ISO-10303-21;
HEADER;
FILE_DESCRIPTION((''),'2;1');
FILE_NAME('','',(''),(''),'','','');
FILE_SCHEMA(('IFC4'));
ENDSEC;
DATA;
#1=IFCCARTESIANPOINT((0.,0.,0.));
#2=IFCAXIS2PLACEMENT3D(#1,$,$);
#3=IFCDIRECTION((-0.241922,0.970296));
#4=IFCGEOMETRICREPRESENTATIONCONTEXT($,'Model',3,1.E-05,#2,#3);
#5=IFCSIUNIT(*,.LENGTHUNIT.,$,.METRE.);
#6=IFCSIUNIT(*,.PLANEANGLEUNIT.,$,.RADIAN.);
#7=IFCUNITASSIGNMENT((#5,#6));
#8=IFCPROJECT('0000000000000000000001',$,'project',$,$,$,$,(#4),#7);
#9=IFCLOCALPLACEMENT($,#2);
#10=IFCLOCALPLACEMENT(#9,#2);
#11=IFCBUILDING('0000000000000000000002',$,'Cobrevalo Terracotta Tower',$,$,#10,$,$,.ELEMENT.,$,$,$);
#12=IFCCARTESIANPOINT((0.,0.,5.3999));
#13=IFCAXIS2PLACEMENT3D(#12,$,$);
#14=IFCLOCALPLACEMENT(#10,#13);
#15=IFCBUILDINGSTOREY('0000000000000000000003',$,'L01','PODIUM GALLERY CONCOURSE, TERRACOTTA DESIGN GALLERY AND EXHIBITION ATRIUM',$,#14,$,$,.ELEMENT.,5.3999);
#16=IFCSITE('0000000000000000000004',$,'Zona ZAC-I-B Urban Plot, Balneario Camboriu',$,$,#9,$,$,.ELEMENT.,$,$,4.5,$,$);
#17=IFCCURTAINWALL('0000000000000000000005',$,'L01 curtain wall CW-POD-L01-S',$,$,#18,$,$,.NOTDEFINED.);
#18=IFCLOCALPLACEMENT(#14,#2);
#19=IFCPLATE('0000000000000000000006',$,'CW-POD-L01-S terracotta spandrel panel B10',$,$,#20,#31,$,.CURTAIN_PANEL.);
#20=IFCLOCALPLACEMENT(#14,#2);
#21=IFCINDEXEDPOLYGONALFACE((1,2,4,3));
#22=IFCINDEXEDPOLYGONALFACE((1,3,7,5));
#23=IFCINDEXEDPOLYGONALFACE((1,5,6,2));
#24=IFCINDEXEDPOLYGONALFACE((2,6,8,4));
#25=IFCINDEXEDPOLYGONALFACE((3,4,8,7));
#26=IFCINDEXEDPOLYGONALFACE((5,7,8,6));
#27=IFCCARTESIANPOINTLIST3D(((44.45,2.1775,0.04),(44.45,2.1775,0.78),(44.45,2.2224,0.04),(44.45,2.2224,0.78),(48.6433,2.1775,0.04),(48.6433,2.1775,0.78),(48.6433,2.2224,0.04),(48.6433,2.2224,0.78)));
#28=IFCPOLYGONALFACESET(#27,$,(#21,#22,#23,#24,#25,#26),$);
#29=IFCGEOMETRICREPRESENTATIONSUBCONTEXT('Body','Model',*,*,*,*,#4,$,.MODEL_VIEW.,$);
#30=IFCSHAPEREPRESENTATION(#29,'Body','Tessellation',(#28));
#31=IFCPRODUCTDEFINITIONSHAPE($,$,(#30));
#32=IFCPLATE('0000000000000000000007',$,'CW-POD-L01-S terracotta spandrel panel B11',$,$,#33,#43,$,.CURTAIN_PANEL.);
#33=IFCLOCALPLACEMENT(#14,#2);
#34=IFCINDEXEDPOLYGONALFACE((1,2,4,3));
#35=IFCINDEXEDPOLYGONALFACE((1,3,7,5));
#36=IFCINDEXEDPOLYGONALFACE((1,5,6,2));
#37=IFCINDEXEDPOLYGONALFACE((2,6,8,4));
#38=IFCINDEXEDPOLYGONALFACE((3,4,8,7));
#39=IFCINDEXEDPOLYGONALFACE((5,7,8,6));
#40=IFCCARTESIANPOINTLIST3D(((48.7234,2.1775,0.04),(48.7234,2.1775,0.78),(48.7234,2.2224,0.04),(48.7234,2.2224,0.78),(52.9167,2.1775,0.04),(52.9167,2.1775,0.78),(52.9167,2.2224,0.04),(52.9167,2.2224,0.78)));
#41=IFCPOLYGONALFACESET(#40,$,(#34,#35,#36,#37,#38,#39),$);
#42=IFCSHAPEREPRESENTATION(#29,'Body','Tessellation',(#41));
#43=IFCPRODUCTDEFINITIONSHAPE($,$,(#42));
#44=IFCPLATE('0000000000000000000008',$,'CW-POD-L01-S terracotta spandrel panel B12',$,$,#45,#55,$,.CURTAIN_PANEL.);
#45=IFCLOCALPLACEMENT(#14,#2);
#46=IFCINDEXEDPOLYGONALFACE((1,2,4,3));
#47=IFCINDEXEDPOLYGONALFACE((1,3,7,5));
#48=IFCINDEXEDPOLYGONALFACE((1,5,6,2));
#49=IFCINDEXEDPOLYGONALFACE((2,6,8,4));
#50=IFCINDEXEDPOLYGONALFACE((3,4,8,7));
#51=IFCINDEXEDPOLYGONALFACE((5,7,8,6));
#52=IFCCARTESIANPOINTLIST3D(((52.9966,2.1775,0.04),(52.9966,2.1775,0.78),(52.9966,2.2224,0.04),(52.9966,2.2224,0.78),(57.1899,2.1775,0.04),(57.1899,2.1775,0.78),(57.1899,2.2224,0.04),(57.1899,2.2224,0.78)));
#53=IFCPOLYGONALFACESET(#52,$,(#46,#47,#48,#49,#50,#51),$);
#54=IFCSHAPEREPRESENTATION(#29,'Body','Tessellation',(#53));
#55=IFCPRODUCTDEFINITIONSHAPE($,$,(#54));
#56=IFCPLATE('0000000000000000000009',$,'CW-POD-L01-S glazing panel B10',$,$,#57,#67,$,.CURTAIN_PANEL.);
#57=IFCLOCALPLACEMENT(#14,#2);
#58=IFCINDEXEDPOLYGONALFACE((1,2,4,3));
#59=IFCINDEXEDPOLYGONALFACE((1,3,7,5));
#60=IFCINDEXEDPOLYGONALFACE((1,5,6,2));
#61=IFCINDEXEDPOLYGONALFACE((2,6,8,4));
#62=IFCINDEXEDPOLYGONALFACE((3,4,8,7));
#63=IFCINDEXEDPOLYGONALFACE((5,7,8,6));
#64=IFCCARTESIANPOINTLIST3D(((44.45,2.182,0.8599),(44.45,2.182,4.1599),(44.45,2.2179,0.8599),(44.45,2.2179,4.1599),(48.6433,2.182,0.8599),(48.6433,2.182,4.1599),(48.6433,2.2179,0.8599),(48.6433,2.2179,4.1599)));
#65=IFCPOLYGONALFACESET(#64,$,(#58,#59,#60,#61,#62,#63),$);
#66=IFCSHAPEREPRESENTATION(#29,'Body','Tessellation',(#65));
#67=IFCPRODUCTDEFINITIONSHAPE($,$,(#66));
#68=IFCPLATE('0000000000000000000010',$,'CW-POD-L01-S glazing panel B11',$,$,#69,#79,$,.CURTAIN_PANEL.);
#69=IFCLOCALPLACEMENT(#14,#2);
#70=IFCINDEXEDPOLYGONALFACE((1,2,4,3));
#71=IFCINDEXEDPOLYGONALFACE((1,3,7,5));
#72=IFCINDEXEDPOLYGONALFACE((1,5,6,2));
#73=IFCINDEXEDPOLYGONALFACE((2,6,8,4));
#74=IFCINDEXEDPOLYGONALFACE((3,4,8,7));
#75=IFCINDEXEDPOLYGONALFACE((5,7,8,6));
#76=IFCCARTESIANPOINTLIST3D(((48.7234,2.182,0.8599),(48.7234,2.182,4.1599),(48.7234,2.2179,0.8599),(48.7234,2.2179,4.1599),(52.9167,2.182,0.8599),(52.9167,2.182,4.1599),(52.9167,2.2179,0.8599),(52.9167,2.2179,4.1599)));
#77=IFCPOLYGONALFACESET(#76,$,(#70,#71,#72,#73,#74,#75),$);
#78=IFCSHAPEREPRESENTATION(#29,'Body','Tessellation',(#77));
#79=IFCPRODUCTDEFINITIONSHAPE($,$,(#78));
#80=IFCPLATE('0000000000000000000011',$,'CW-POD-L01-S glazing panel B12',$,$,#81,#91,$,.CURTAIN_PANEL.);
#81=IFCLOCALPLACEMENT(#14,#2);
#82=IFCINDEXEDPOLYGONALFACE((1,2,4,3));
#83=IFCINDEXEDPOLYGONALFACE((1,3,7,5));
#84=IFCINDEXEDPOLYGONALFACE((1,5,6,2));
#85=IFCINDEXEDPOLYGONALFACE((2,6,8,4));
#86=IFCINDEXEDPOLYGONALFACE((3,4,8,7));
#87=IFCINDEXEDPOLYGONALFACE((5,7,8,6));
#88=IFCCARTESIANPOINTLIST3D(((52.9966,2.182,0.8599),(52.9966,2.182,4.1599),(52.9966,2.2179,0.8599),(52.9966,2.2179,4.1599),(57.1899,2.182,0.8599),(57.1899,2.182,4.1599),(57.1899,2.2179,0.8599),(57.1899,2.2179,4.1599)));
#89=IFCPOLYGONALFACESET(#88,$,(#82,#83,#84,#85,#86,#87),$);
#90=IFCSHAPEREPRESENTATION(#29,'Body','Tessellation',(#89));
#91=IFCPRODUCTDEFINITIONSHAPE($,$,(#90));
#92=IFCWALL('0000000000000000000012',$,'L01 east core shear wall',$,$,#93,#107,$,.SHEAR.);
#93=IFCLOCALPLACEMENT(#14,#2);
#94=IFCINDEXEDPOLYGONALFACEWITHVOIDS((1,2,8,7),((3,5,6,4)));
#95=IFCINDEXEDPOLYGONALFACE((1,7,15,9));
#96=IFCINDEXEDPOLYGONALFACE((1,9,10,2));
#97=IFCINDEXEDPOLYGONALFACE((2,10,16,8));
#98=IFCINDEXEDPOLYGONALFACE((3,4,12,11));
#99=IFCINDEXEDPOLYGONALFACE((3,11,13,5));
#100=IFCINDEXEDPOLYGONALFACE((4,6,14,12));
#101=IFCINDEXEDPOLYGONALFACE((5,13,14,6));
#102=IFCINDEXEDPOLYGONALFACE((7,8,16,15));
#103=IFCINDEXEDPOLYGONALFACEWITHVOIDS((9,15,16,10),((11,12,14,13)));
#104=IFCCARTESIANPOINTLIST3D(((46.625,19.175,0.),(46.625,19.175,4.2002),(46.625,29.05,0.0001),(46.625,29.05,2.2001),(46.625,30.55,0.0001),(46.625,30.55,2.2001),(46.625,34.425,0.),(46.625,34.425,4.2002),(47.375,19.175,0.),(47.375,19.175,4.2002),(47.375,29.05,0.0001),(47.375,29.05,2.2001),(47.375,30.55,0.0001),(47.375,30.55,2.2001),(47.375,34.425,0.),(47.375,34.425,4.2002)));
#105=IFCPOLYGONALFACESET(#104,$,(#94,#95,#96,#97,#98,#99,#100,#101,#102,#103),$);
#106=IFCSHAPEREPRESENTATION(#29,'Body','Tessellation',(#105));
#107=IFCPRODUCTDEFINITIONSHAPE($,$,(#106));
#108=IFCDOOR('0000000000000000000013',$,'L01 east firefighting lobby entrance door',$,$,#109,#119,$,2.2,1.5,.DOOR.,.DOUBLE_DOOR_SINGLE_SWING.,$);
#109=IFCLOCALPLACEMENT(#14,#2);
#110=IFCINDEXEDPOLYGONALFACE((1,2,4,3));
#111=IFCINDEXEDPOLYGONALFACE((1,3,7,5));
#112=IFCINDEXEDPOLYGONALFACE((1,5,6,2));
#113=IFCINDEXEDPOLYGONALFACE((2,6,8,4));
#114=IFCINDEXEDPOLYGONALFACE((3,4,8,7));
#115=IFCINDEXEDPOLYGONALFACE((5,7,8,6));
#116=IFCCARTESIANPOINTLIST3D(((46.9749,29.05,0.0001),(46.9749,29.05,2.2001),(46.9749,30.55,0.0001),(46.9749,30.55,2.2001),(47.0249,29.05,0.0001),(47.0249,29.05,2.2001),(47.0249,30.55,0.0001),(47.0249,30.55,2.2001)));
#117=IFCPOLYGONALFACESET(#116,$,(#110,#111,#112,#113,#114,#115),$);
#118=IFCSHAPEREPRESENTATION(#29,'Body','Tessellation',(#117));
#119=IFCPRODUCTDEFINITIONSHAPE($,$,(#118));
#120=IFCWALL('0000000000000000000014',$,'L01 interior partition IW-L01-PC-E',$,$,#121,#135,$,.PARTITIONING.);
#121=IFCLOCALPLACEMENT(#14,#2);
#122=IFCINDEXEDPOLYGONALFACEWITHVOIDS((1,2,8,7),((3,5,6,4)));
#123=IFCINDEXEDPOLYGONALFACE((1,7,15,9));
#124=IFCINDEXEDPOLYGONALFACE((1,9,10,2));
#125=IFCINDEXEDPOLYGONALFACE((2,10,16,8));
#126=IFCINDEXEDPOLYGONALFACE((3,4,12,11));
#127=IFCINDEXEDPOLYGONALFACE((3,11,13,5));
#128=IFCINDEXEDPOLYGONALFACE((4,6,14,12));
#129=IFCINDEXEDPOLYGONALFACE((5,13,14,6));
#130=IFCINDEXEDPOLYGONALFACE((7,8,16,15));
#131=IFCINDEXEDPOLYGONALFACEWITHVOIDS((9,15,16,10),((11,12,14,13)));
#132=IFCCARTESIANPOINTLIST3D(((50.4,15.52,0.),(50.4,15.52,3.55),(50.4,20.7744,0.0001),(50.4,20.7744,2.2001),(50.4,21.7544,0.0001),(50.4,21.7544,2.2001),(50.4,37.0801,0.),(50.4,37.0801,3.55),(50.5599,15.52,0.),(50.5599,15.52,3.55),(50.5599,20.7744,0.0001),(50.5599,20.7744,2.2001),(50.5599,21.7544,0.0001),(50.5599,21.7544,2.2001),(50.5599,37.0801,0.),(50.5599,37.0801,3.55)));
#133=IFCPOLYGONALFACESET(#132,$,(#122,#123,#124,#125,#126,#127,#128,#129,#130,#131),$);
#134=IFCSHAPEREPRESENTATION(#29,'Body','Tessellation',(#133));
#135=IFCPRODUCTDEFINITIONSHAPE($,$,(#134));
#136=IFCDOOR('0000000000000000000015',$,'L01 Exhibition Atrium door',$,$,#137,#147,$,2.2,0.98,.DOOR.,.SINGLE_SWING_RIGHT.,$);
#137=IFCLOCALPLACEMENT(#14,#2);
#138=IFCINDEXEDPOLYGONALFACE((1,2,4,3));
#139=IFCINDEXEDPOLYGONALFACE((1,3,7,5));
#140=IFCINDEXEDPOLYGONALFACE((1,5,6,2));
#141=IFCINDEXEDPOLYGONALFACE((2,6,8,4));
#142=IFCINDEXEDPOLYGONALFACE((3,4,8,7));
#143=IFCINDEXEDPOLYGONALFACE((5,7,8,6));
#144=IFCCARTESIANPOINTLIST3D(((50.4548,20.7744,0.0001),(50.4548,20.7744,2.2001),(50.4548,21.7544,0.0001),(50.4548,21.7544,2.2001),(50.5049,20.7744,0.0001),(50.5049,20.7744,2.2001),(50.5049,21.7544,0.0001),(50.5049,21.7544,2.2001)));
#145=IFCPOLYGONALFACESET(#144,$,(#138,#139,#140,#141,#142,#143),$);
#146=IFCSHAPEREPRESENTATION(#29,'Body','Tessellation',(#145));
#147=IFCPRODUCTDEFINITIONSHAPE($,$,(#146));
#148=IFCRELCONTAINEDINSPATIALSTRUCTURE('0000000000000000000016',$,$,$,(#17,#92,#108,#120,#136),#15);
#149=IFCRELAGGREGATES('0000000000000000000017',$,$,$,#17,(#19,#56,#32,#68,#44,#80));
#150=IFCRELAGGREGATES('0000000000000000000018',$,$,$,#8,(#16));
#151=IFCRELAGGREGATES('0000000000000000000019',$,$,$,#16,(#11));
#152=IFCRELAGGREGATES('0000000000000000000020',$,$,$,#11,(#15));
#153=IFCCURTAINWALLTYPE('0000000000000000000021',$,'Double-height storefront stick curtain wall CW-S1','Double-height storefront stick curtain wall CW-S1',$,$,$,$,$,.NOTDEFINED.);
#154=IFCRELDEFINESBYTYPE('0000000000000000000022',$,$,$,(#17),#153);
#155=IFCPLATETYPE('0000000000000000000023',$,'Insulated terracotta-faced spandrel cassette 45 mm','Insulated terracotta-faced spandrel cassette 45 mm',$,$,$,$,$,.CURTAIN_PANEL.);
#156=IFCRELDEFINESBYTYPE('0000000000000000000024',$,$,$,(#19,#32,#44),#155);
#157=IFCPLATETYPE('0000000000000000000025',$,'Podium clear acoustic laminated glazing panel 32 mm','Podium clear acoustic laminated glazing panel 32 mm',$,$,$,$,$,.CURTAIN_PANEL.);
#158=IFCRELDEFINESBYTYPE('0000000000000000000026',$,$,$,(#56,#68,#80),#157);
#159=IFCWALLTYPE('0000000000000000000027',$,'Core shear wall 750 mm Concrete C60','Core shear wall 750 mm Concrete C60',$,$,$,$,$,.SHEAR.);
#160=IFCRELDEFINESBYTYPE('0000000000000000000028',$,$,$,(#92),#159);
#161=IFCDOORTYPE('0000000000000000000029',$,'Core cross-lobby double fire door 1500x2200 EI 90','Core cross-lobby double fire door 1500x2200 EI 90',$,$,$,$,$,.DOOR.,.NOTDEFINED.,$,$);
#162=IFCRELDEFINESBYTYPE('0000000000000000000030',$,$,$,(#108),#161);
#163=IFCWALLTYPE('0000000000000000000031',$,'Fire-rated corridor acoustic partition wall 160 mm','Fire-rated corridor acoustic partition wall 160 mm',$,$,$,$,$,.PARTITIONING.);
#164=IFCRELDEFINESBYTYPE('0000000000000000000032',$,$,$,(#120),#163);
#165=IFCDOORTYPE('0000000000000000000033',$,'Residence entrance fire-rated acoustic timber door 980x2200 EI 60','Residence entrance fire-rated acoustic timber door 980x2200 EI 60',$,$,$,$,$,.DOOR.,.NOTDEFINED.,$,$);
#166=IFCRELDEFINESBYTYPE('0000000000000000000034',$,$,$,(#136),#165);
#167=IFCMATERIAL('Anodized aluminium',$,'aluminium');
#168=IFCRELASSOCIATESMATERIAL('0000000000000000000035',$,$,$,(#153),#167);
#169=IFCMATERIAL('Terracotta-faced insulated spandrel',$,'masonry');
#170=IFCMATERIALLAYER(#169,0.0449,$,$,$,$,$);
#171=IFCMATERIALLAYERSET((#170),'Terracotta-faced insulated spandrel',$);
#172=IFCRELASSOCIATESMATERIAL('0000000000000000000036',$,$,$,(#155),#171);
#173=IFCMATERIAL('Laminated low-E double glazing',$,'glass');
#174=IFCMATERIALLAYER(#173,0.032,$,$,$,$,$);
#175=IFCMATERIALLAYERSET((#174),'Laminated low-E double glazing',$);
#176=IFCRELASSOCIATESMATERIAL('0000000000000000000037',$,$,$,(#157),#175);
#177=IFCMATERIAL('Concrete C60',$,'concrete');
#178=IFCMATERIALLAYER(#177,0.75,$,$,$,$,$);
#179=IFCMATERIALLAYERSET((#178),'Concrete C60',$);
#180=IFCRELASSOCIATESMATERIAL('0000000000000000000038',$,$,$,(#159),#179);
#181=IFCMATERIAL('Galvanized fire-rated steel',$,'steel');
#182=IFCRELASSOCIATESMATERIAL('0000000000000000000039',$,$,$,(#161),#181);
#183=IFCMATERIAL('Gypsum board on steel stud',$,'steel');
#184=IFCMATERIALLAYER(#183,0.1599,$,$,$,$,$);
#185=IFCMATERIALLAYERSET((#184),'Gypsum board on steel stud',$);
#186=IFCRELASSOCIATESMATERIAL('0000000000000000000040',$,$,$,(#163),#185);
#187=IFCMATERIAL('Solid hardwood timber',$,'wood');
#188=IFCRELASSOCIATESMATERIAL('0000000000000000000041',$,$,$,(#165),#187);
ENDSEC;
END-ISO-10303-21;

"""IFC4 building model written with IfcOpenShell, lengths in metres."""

from ifc_helpers import new_model, si_unit, direction, frame, frame_2d, origin, origin_2d, place, context, subcontext, project, spatial, rectangle, extrude, source, transform, mapped, material, layer, layer_set, type_object, element, fill, aggregate, save


model = new_model("IFC4")

# Units and contexts
model_context = context("Model", 3, precision=1e-05, world=origin(), true_north=direction((-0.241922, 0.970296)))
body_context = subcontext(model_context, "Body", "Model", "MODEL_VIEW")
ifc_project = project(units=[si_unit("LENGTHUNIT", "METRE"), si_unit("PLANEANGLEUNIT", "RADIAN")], contexts=[model_context])

# Site, building, storey
site_placement = place(None, origin())
site = spatial("IfcSite", under=ifc_project, at=site_placement, Name="Zona ZAC-I-B Urban Plot, Balneario Camboriu", CompositionType="ELEMENT", RefElevation=4.5)
building_placement = place(site_placement, origin())
building = spatial("IfcBuilding", under=site, at=building_placement, Name="Cobrevalo Terracotta Tower", CompositionType="ELEMENT")
storey_placement = place(building_placement, frame((0.0, 0.0, 5.3999)))
storey = spatial("IfcBuildingStorey", under=building, at=storey_placement, Name="L01", Description="PODIUM GALLERY CONCOURSE, TERRACOTTA DESIGN GALLERY AND EXHIBITION ATRIUM", CompositionType="ELEMENT", Elevation=5.3999)

# Shared definitions
ifc_material_1 = material(Name="Concrete C60", Category="concrete")

# Curtain wall, plates
ifc_material_2 = material(Name="Anodized aluminium", Category="aluminium")
curtain_wall_type = type_object("IfcCurtainWallType", Name="Double-height storefront stick curtain wall CW-S1", Description="Double-height storefront stick curtain wall CW-S1", PredefinedType="NOTDEFINED", material=ifc_material_2)
curtain_wall_placement = place(storey_placement, origin())
curtain_wall = element("IfcCurtainWall", 1, at=curtain_wall_placement, inside=storey, type_object=curtain_wall_type, Name="L01 curtain wall CW-POD-L01-S", PredefinedType="NOTDEFINED")
ifc_material_3 = material(Name="Terracotta-faced insulated spandrel", Category="masonry")
ifc_layer_1 = layer(ifc_material_3, 0.0449)
ifc_layer_set_1 = layer_set([ifc_layer_1], Name="Terracotta-faced insulated spandrel")
plate_type_1 = type_object("IfcPlateType", Name="Insulated terracotta-faced spandrel cassette 45 mm", Description="Insulated terracotta-faced spandrel cassette 45 mm", PredefinedType="CURTAIN_PANEL", material=ifc_layer_set_1)
shared_shape_1 = source(origin(), body_context, "Body", "SweptSolid", [
    extrude(rectangle(XDim=4.1934, YDim=0.0449, at=origin_2d()), origin(), (0.0, 0.0, 1.0), 0.74),
])
plate_1_placement = place(storey_placement, frame((46.5466, 2.2, 0.04), z_axis=(0.0, 0.0, 1.0), x_axis=(1.0, 0.0, 0.0)))
plate_1 = element("IfcPlate", 2, at=plate_1_placement, type_object=plate_type_1, Name="CW-POD-L01-S terracotta spandrel panel B10", PredefinedType="CURTAIN_PANEL", context=body_context, shape_type="MappedRepresentation", body=[
    mapped(shared_shape_1, transform((0.0, 0.0, 0.0), scale=1.0)),
])
plate_2_placement = place(storey_placement, frame((50.8201, 2.2, 0.04), z_axis=(0.0, 0.0, 1.0), x_axis=(1.0, 0.0, 0.0)))
plate_2 = element("IfcPlate", 3, at=plate_2_placement, type_object=plate_type_1, Name="CW-POD-L01-S terracotta spandrel panel B11", PredefinedType="CURTAIN_PANEL", context=body_context, shape_type="MappedRepresentation", body=[
    mapped(shared_shape_1, transform((0.0, 0.0, 0.0), scale=1.0)),
])
plate_3_placement = place(storey_placement, frame((55.0933, 2.2, 0.04), z_axis=(0.0, 0.0, 1.0), x_axis=(1.0, 0.0, 0.0)))
plate_3 = element("IfcPlate", 4, at=plate_3_placement, type_object=plate_type_1, Name="CW-POD-L01-S terracotta spandrel panel B12", PredefinedType="CURTAIN_PANEL", context=body_context, shape_type="MappedRepresentation", body=[
    mapped(shared_shape_1, transform((0.0, 0.0, 0.0), scale=1.0)),
])
ifc_material_4 = material(Name="Laminated low-E double glazing", Category="glass")
ifc_layer_2 = layer(ifc_material_4, 0.032)
ifc_layer_set_2 = layer_set([ifc_layer_2], Name="Laminated low-E double glazing")
plate_type_2 = type_object("IfcPlateType", Name="Podium clear acoustic laminated glazing panel 32 mm", Description="Podium clear acoustic laminated glazing panel 32 mm", PredefinedType="CURTAIN_PANEL", material=ifc_layer_set_2)
shared_shape_2 = source(origin(), body_context, "Body", "SweptSolid", [
    extrude(rectangle(XDim=4.1934, YDim=0.0359, at=origin_2d()), origin(), (0.0, 0.0, 1.0), 3.3),
])
plate_4_placement = place(storey_placement, frame((46.5466, 2.2, 0.8599), z_axis=(0.0, 0.0, 1.0), x_axis=(1.0, 0.0, 0.0)))
plate_4 = element("IfcPlate", 5, at=plate_4_placement, type_object=plate_type_2, Name="CW-POD-L01-S glazing panel B10", PredefinedType="CURTAIN_PANEL", context=body_context, shape_type="MappedRepresentation", body=[
    mapped(shared_shape_2, transform((0.0, 0.0, 0.0), scale=1.0)),
])
plate_5_placement = place(storey_placement, frame((50.8201, 2.2, 0.8599), z_axis=(0.0, 0.0, 1.0), x_axis=(1.0, 0.0, 0.0)))
plate_5 = element("IfcPlate", 6, at=plate_5_placement, type_object=plate_type_2, Name="CW-POD-L01-S glazing panel B11", PredefinedType="CURTAIN_PANEL", context=body_context, shape_type="MappedRepresentation", body=[
    mapped(shared_shape_2, transform((0.0, 0.0, 0.0), scale=1.0)),
])
plate_6_placement = place(storey_placement, frame((55.0933, 2.2, 0.8599), z_axis=(0.0, 0.0, 1.0), x_axis=(1.0, 0.0, 0.0)))
plate_6 = element("IfcPlate", 7, at=plate_6_placement, type_object=plate_type_2, Name="CW-POD-L01-S glazing panel B12", PredefinedType="CURTAIN_PANEL", context=body_context, shape_type="MappedRepresentation", body=[
    mapped(shared_shape_2, transform((0.0, 0.0, 0.0), scale=1.0)),
])
aggregate(curtain_wall, [plate_1, plate_4, plate_2, plate_5, plate_3, plate_6])

# Walls, openings, doors
ifc_layer_3 = layer(ifc_material_1, 0.75)
ifc_layer_set_3 = layer_set([ifc_layer_3], Name="Concrete C60")
wall_type_1 = type_object("IfcWallType", Name="Core shear wall 750 mm Concrete C60", Description="Core shear wall 750 mm Concrete C60", PredefinedType="SHEAR", material=ifc_layer_set_3)
wall_1_placement = place(storey_placement, frame((47.0, 19.175, 0.0), z_axis=(0.0, 0.0, 1.0), x_axis=(0.0, 1.0, 0.0)))
wall_1 = element("IfcWall", 8, at=wall_1_placement, inside=storey, type_object=wall_type_1, Name="L01 east core shear wall", PredefinedType="SHEAR", context=body_context, shape_type="SweptSolid", body=[
    extrude(rectangle(XDim=15.25, YDim=0.75, at=frame_2d((7.625, 0.0))), origin(), (0.0, 0.0, 1.0), 4.2002),
])
opening_1_placement = place(wall_1_placement, frame((9.875, 0.0, 0.0)))
opening_1 = element("IfcOpeningElement", 9, at=opening_1_placement, cuts=wall_1, PredefinedType="OPENING", context=body_context, shape_type="SweptSolid", body=[
    extrude(rectangle(XDim=1.5, YDim=2.2, at=frame_2d((0.75, 1.1001))), frame((0.0, 0.385, 0.0), z_axis=(0.0, -1.0, 0.0), x_axis=(1.0, 0.0, 0.0)), (0.0, 0.0, 1.0), 0.77),
])
ifc_material_5 = material(Name="Galvanized fire-rated steel", Category="steel")
door_type_1 = type_object("IfcDoorType", Name="Core cross-lobby double fire door 1500x2200 EI 90", Description="Core cross-lobby double fire door 1500x2200 EI 90", OperationType="NOTDEFINED", PredefinedType="DOOR", material=ifc_material_5)
shared_shape_3 = source(origin(), body_context, "Body", "SweptSolid", [
    extrude(rectangle(XDim=1.5, YDim=2.2, at=frame_2d((0.75, 1.1001))), frame((0.0, 0.0249, 0.0), z_axis=(0.0, -1.0, 0.0), x_axis=(1.0, 0.0, 0.0)), (0.0, 0.0, 1.0), 0.05),
])
door_1_placement = place(opening_1_placement, frame((1.5, 0.0, 0.0), z_axis=(0.0, 0.0, 1.0), x_axis=(-1.0, 0.0, 0.0)))
door_1 = element("IfcDoor", 10, at=door_1_placement, inside=storey, type_object=door_type_1, Name="L01 east firefighting lobby entrance door", OperationType="DOUBLE_DOOR_SINGLE_SWING", OverallHeight=2.2, OverallWidth=1.5, PredefinedType="DOOR", context=body_context, shape_type="MappedRepresentation", body=[
    mapped(shared_shape_3, transform((0.0, 0.0, 0.0), scale=1.0)),
])
fill(opening_1, door_1)
ifc_material_6 = material(Name="Gypsum board on steel stud", Category="steel")
ifc_layer_4 = layer(ifc_material_6, 0.1599)
ifc_layer_set_4 = layer_set([ifc_layer_4], Name="Gypsum board on steel stud")
wall_type_2 = type_object("IfcWallType", Name="Fire-rated corridor acoustic partition wall 160 mm", Description="Fire-rated corridor acoustic partition wall 160 mm", PredefinedType="PARTITIONING", material=ifc_layer_set_4)
wall_2_placement = place(storey_placement, frame((50.48, 15.52, 0.0), z_axis=(0.0, 0.0, 1.0), x_axis=(0.0, 1.0, 0.0)))
wall_2 = element("IfcWall", 11, at=wall_2_placement, inside=storey, type_object=wall_type_2, Name="L01 interior partition IW-L01-PC-E", PredefinedType="PARTITIONING", context=body_context, shape_type="SweptSolid", body=[
    extrude(rectangle(XDim=21.5601, YDim=0.1599, at=frame_2d((10.78, 0.0))), origin(), (0.0, 0.0, 1.0), 3.55),
])
opening_2_placement = place(wall_2_placement, frame((5.2544, 0.0, 0.0)))
opening_2 = element("IfcOpeningElement", 12, at=opening_2_placement, cuts=wall_2, PredefinedType="OPENING", context=body_context, shape_type="SweptSolid", body=[
    extrude(rectangle(XDim=0.98, YDim=2.2, at=frame_2d((0.49, 1.1001))), frame((0.0, 0.0898, 0.0), z_axis=(0.0, -1.0, 0.0), x_axis=(1.0, 0.0, 0.0)), (0.0, 0.0, 1.0), 0.1799),
])
ifc_material_7 = material(Name="Solid hardwood timber", Category="wood")
door_type_2 = type_object("IfcDoorType", Name="Residence entrance fire-rated acoustic timber door 980x2200 EI 60", Description="Residence entrance fire-rated acoustic timber door 980x2200 EI 60", OperationType="NOTDEFINED", PredefinedType="DOOR", material=ifc_material_7)
shared_shape_4 = source(origin(), body_context, "Body", "SweptSolid", [
    extrude(rectangle(XDim=0.98, YDim=2.2, at=frame_2d((0.49, 1.1001))), frame((0.0, 0.0249, 0.0), z_axis=(0.0, -1.0, 0.0), x_axis=(1.0, 0.0, 0.0)), (0.0, 0.0, 1.0), 0.05),
])
door_2_placement = place(opening_2_placement, frame((0.98, 0.0, 0.0), z_axis=(0.0, 0.0, 1.0), x_axis=(-1.0, 0.0, 0.0)))
door_2 = element("IfcDoor", 13, at=door_2_placement, inside=storey, type_object=door_type_2, Name="L01 Exhibition Atrium door", OperationType="SINGLE_SWING_RIGHT", OverallHeight=2.2, OverallWidth=0.98, PredefinedType="DOOR", context=body_context, shape_type="MappedRepresentation", body=[
    mapped(shared_shape_4, transform((0.0, 0.0, 0.0), scale=1.0)),
])
fill(opening_2, door_2)

save(model, "model.ifc")
